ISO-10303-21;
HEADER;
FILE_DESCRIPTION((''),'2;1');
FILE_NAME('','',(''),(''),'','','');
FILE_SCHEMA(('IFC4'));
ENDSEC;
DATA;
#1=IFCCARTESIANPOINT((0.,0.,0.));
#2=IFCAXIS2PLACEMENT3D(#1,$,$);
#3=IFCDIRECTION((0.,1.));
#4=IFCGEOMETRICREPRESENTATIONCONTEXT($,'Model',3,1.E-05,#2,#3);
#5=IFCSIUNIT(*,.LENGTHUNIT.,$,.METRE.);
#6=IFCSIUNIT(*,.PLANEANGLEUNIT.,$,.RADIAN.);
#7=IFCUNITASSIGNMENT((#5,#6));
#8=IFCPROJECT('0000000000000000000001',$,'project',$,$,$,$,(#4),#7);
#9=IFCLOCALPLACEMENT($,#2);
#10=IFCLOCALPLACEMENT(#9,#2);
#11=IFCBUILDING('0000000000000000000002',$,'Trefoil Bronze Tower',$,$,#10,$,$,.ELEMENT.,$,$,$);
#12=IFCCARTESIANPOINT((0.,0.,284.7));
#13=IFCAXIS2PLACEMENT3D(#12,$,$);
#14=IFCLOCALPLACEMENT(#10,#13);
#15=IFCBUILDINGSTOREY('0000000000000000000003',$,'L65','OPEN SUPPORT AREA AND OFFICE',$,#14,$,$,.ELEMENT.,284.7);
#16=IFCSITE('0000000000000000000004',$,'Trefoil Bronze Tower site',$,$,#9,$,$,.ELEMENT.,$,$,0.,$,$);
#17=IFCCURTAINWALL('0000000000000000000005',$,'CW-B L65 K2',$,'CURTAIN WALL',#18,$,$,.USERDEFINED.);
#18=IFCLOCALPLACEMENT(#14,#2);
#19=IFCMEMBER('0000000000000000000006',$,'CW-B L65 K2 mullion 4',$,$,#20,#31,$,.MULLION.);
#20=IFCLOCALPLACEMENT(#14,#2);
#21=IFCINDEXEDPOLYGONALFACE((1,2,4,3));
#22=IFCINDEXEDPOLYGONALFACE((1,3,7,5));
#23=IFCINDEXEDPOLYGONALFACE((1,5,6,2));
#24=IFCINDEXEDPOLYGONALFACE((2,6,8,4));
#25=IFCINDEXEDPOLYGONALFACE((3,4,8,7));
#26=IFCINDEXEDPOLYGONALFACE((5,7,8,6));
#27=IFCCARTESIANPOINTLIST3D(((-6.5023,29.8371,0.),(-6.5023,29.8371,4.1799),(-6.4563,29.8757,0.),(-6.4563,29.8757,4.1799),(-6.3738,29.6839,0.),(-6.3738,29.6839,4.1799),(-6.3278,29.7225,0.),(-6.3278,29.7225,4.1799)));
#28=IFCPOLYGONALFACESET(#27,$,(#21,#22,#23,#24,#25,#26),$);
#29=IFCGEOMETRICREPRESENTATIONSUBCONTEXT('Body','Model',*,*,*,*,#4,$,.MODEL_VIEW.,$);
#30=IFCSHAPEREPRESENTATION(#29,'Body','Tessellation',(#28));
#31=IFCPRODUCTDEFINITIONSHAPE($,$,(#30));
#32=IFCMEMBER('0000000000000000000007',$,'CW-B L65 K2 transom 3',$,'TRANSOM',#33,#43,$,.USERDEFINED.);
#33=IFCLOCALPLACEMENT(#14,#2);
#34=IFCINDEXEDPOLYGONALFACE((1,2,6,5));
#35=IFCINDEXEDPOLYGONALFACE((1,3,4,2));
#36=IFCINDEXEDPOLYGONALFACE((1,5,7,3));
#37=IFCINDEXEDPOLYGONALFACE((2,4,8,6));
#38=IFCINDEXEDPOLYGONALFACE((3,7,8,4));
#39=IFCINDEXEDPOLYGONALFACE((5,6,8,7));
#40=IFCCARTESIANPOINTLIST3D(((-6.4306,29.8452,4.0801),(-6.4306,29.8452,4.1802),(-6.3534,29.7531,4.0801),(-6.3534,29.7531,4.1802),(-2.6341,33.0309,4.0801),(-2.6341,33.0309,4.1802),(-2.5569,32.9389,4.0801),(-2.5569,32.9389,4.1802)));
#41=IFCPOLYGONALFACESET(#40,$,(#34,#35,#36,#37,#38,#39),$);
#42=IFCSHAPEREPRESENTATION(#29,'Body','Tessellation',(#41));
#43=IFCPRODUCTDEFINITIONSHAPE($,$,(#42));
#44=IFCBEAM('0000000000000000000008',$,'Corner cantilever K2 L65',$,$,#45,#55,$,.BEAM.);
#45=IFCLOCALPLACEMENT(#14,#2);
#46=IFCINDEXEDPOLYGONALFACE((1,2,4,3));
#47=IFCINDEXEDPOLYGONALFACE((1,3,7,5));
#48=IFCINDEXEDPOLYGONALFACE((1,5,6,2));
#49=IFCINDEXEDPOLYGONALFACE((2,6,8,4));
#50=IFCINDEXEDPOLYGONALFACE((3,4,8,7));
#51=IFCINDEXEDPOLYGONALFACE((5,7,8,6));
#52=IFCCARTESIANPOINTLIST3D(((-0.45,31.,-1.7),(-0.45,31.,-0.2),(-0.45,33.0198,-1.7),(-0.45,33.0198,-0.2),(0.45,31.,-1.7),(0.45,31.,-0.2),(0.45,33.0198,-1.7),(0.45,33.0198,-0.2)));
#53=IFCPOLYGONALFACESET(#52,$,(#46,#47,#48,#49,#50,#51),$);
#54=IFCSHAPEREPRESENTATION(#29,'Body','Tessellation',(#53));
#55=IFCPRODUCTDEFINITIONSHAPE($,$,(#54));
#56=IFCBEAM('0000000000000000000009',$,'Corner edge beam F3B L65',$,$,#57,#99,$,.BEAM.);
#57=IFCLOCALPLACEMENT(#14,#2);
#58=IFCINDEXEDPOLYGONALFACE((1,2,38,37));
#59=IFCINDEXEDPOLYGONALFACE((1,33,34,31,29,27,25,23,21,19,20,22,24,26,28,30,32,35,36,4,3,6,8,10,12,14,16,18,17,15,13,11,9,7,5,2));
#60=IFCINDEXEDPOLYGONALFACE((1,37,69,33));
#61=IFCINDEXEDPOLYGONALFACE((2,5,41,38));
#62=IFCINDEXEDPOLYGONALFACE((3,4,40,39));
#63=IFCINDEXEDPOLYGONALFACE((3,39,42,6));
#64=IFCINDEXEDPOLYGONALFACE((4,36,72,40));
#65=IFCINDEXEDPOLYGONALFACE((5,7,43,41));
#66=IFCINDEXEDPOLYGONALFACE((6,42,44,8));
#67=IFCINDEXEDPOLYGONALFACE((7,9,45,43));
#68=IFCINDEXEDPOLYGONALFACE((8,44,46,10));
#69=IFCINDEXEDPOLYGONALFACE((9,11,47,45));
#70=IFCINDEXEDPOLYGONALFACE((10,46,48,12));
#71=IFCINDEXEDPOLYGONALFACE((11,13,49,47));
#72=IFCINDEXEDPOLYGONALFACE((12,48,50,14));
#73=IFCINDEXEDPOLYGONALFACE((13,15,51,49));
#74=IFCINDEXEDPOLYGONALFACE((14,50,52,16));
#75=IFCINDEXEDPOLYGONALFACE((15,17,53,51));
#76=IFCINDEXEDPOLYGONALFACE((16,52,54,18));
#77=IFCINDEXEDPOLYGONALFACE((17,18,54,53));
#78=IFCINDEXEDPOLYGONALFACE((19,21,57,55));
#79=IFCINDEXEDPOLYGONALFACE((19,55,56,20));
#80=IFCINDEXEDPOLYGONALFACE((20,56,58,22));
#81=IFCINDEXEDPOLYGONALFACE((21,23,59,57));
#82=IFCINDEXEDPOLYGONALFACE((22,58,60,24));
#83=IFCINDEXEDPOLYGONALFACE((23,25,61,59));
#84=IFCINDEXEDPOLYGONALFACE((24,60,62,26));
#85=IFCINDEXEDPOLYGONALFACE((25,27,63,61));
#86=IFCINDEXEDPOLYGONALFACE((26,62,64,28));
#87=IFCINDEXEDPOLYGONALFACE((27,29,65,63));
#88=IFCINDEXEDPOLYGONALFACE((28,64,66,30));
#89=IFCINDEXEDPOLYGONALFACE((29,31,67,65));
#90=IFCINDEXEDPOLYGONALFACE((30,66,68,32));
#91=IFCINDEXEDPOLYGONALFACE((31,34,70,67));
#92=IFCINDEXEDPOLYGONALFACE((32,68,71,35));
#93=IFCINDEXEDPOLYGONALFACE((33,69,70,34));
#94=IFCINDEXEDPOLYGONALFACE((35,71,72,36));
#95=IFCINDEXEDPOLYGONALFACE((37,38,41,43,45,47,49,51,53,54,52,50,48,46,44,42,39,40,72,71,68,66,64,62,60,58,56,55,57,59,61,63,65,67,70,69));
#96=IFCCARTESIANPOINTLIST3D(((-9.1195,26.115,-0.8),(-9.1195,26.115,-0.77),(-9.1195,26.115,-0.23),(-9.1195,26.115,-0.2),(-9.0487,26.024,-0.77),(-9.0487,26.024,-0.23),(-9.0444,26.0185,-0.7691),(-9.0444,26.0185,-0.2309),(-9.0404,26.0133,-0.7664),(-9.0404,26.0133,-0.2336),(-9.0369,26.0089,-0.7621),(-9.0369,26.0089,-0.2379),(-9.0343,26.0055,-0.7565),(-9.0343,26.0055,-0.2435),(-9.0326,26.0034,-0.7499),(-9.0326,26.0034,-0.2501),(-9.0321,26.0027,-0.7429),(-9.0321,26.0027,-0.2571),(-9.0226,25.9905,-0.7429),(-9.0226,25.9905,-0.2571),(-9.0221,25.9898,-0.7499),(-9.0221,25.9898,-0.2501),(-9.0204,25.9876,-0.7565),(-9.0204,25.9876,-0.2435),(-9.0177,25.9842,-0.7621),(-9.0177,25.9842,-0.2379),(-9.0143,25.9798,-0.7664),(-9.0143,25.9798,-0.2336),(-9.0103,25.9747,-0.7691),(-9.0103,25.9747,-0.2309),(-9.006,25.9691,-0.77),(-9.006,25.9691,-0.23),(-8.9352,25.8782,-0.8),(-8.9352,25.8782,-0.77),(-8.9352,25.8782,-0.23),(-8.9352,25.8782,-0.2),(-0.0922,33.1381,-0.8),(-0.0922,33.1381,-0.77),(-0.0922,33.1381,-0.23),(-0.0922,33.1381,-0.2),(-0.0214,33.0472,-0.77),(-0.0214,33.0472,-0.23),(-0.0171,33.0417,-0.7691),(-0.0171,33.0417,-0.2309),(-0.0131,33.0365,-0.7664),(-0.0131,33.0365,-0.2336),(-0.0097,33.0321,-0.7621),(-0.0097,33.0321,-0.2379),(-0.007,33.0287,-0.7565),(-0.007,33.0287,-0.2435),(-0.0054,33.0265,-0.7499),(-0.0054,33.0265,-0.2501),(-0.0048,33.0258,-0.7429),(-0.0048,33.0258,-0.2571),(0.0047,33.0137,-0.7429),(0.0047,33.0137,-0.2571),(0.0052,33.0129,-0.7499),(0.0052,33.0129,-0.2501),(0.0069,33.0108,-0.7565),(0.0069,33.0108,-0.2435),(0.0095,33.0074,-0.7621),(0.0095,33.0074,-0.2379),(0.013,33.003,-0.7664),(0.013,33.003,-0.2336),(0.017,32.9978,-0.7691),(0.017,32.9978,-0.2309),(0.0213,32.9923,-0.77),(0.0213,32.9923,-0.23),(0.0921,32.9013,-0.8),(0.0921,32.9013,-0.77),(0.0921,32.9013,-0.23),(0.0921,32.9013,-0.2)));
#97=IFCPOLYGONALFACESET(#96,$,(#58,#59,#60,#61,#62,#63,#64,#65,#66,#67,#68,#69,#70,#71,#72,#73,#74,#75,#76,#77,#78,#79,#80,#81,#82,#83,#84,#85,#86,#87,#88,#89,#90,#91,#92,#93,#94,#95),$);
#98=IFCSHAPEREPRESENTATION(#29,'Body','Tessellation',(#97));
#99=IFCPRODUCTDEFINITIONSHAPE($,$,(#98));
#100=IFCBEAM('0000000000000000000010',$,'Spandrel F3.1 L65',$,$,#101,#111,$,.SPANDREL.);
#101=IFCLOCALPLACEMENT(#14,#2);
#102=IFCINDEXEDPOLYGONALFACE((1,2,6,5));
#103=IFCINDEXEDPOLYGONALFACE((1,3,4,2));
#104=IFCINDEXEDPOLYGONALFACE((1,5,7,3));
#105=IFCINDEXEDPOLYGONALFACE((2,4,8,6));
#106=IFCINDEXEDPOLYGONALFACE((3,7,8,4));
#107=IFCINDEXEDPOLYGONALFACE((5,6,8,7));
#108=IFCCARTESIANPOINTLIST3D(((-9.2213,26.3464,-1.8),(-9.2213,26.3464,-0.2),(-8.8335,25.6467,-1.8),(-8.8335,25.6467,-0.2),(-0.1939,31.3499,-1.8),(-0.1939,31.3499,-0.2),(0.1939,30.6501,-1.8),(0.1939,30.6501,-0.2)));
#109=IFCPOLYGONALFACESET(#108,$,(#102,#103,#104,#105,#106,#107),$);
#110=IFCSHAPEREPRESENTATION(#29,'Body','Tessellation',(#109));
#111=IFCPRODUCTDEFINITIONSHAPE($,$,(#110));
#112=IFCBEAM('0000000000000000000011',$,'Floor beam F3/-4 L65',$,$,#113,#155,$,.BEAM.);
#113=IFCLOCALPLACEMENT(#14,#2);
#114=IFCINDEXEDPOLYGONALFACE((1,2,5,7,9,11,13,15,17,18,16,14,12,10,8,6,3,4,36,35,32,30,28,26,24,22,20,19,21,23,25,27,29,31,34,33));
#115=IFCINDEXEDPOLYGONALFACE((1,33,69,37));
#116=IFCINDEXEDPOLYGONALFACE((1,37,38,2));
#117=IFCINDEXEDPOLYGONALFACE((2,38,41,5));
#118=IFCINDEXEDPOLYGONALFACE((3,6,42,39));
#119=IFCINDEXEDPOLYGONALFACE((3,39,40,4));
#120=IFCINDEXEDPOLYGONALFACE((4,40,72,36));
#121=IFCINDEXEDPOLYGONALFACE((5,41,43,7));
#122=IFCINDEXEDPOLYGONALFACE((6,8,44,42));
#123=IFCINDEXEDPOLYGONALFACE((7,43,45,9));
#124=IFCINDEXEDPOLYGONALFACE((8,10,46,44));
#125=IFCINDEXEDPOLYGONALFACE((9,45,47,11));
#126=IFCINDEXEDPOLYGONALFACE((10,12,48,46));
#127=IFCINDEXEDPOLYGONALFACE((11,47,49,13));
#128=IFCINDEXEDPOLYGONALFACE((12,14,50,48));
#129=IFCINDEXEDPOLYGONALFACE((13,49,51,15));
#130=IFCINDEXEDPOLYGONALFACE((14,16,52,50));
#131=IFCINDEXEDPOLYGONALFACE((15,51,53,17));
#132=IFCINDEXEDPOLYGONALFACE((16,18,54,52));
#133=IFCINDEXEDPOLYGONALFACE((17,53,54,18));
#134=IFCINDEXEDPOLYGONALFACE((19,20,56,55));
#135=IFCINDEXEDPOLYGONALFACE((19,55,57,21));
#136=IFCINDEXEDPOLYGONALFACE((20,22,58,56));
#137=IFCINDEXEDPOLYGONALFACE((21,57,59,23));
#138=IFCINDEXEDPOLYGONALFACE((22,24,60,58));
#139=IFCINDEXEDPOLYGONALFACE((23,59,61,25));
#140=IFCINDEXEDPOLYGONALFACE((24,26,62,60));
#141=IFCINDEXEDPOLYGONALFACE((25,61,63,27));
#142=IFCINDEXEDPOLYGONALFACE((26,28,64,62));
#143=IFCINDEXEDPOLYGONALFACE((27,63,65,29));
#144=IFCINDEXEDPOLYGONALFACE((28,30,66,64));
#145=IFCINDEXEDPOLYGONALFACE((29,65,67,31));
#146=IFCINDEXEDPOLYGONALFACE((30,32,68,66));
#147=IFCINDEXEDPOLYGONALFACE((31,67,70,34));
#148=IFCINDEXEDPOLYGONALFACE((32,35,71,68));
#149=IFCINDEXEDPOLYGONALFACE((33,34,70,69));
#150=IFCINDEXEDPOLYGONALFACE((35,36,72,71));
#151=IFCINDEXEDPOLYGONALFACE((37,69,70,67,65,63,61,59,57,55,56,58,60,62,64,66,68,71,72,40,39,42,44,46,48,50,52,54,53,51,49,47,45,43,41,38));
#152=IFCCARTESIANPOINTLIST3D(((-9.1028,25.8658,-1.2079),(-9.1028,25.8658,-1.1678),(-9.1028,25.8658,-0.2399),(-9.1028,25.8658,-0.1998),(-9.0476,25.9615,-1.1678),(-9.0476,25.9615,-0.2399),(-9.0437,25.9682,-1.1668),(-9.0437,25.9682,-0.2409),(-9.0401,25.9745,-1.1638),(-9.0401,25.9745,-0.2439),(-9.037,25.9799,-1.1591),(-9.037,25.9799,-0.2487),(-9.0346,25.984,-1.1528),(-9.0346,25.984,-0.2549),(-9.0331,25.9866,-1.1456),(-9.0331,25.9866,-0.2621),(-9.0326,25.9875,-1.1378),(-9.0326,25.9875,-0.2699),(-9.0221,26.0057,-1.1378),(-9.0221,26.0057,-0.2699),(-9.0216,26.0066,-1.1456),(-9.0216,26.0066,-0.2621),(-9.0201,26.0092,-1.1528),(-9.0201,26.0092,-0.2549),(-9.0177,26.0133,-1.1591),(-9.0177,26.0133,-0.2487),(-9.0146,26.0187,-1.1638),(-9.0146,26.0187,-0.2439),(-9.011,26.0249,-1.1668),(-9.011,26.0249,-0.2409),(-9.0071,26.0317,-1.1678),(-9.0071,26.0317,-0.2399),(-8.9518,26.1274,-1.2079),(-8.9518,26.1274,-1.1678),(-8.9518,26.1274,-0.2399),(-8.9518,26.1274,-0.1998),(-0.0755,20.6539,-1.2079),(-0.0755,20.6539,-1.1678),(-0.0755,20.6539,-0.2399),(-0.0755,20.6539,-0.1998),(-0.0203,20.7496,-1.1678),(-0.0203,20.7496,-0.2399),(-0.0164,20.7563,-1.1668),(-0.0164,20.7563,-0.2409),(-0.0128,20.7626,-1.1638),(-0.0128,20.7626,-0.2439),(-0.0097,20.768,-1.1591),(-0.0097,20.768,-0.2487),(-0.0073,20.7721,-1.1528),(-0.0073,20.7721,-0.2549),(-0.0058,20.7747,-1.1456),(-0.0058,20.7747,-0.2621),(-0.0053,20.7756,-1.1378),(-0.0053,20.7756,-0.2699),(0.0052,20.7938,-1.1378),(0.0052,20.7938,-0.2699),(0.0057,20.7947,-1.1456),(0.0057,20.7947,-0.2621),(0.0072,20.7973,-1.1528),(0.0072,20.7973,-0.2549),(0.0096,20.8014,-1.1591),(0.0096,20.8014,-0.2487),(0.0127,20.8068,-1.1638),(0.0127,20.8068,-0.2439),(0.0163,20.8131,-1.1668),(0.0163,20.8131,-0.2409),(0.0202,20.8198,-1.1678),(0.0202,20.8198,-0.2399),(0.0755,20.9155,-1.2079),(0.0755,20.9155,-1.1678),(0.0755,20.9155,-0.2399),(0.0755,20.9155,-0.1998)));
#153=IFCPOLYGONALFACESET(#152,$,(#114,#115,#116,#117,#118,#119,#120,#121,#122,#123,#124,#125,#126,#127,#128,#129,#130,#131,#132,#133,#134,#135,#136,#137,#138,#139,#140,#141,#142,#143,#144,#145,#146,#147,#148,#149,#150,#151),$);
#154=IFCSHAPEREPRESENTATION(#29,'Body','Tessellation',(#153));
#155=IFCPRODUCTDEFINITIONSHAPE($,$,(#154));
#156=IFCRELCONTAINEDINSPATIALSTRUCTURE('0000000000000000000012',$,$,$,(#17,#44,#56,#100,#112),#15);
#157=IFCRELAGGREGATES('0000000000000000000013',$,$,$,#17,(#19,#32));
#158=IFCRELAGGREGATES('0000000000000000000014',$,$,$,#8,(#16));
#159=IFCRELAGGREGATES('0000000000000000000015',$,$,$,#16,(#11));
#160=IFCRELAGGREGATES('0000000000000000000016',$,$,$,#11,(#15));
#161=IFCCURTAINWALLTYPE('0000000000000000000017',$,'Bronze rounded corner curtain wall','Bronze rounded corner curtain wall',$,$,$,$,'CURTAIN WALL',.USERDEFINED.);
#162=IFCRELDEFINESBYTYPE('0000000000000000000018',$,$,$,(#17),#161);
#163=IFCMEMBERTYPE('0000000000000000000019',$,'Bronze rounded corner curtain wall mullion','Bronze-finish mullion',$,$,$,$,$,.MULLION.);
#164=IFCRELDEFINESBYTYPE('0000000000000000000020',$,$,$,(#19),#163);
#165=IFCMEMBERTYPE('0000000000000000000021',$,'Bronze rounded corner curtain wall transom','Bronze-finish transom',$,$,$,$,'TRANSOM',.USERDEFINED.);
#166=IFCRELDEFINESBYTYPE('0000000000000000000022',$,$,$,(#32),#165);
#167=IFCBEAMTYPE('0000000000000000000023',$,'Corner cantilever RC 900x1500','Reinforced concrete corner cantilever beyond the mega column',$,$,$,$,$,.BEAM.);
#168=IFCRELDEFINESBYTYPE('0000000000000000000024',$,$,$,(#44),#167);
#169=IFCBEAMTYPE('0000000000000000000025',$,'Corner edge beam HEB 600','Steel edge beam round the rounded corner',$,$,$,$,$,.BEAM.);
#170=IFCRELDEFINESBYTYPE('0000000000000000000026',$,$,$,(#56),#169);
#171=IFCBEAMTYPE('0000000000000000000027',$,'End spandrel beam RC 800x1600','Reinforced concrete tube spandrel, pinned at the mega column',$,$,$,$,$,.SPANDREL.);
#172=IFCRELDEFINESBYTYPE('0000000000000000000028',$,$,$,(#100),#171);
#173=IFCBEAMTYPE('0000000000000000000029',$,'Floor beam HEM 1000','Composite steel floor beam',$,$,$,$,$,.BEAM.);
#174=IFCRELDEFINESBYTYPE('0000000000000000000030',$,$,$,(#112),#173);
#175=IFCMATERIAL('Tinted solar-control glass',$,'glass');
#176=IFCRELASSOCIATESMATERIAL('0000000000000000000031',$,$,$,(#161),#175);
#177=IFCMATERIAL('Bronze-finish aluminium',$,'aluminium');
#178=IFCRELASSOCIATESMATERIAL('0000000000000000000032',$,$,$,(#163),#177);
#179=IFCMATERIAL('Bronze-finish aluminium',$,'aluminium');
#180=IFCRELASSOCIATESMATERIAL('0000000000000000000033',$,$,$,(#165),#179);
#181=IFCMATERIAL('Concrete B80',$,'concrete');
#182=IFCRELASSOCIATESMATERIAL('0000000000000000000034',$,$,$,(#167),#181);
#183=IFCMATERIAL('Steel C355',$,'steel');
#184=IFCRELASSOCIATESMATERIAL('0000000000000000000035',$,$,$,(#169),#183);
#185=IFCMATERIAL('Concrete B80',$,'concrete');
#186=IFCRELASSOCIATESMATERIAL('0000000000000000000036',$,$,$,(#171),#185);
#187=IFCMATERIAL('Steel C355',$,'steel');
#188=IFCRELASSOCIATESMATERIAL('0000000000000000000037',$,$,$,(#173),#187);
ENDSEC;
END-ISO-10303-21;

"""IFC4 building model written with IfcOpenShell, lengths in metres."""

from ifc_helpers import new_model, si_unit, direction, frame, origin, origin_2d, place, context, subcontext, project, spatial, rectangle, i_section, extrude, material, material_profile, profile_set, type_object, element, aggregate, save


model = new_model("IFC4")

# Units and contexts
model_context = context("Model", 3, precision=1e-05, world=origin(), true_north=direction((0.0, 1.0)))
body_context = subcontext(model_context, "Body", "Model", "MODEL_VIEW")
ifc_project = project(units=[si_unit("LENGTHUNIT", "METRE"), si_unit("PLANEANGLEUNIT", "RADIAN")], contexts=[model_context])

# Site, building, storey
site_placement = place(None, origin())
site = spatial("IfcSite", under=ifc_project, at=site_placement, Name="Trefoil Bronze Tower site", CompositionType="ELEMENT", RefElevation=0.0)
building_placement = place(site_placement, origin())
building = spatial("IfcBuilding", under=site, at=building_placement, Name="Trefoil Bronze Tower", CompositionType="ELEMENT")
storey_placement = place(building_placement, frame((0.0, 0.0, 284.7)))
storey = spatial("IfcBuildingStorey", under=building, at=storey_placement, Name="L65", Description="OPEN SUPPORT AREA AND OFFICE", CompositionType="ELEMENT", Elevation=284.7)

# Curtain wall, members
ifc_material_1 = material(Name="Tinted solar-control glass", Category="glass")
curtain_wall_type_1 = type_object("IfcCurtainWallType", Name="Bronze rounded corner curtain wall", Description="Bronze rounded corner curtain wall", ElementType="CURTAIN WALL", PredefinedType="USERDEFINED", material=ifc_material_1)
curtain_wall_1_placement = place(storey_placement, origin())
curtain_wall_1 = element("IfcCurtainWall", 1, at=curtain_wall_1_placement, inside=storey, type_object=curtain_wall_type_1, Name="CW-B L65 K2", ObjectType="CURTAIN WALL", PredefinedType="USERDEFINED")
ifc_material_2 = material(Name="Bronze-finish aluminium", Category="aluminium")
ifc_material_profile_1 = material_profile(ifc_material_2, rectangle(XDim=0.2, YDim=0.0601, at=origin_2d()), Name="CW-B mullion")
ifc_profile_set_1 = profile_set([ifc_material_profile_1], Name="Bronze-finish aluminium")
member_type_1 = type_object("IfcMemberType", Name="Bronze rounded corner curtain wall mullion", Description="Bronze-finish mullion", PredefinedType="MULLION", material=ifc_profile_set_1)
member_1_placement = place(storey_placement, frame((-6.415, 29.7798, 0.0), z_axis=(0.0, 0.0, 1.0), x_axis=(0.642788, -0.766044, 0.0)))
member_1 = element("IfcMember", 2, at=member_1_placement, type_object=member_type_1, Name="CW-B L65 K2 mullion 4", PredefinedType="MULLION", context=body_context, shape_type="SweptSolid", body=[
    extrude(rectangle(XDim=0.2, YDim=0.0601, at=origin_2d()), origin(), (0.0, 0.0, 1.0), 4.1799),
])
ifc_material_3 = material(Name="Bronze-finish aluminium", Category="aluminium")
ifc_material_profile_2 = material_profile(ifc_material_3, rectangle(XDim=0.1201, YDim=0.1001, at=origin_2d()), Name="CW-B transom")
ifc_profile_set_2 = profile_set([ifc_material_profile_2], Name="Bronze-finish aluminium")
member_type_2 = type_object("IfcMemberType", Name="Bronze rounded corner curtain wall transom", Description="Bronze-finish transom", ElementType="TRANSOM", PredefinedType="USERDEFINED", material=ifc_profile_set_2)
member_2_placement = place(storey_placement, frame((-2.5955, 32.9849, 4.1301), z_axis=(-0.766041, -0.642792, 0.0), x_axis=(0.642792, -0.766041, 0.0)))
member_2 = element("IfcMember", 3, at=member_2_placement, type_object=member_type_2, Name="CW-B L65 K2 transom 3", ObjectType="TRANSOM", PredefinedType="USERDEFINED", context=body_context, shape_type="SweptSolid", body=[
    extrude(rectangle(XDim=0.1201, YDim=0.1001, at=origin_2d()), origin(), (0.0, 0.0, 1.0), 4.9561),
])

# Beams
ifc_material_4 = material(Name="Concrete B80", Category="concrete")
ifc_material_profile_3 = material_profile(ifc_material_4, rectangle(XDim=0.8999, YDim=1.5, at=origin_2d()), Name="RC 900x1500")
ifc_profile_set_3 = profile_set([ifc_material_profile_3], Name="Concrete B80")
beam_type_1 = type_object("IfcBeamType", Name="Corner cantilever RC 900x1500", Description="Reinforced concrete corner cantilever beyond the mega column", PredefinedType="BEAM", material=ifc_profile_set_3)
beam_1_placement = place(storey_placement, frame((0.0, 31.0, -0.95), z_axis=(0.0, 1.0, 0.0), x_axis=(-1.0, 0.0, 0.0)))
element("IfcBeam", 4, at=beam_1_placement, inside=storey, type_object=beam_type_1, Name="Corner cantilever K2 L65", PredefinedType="BEAM", context=body_context, shape_type="SweptSolid", body=[
    extrude(rectangle(XDim=0.8999, YDim=1.5, at=origin_2d()), origin(), (0.0, 0.0, 1.0), 2.0198),
])
ifc_material_5 = material(Name="Steel C355", Category="steel")
ifc_material_profile_4 = material_profile(ifc_material_5, i_section(OverallWidth=0.3, OverallDepth=0.6001, WebThickness=0.0154, FlangeThickness=0.03, FilletRadius=0.0271, at=origin_2d()), Name="HEB 600")
ifc_profile_set_4 = profile_set([ifc_material_profile_4], Name="Steel C355")
beam_type_2 = type_object("IfcBeamType", Name="Corner edge beam HEB 600", Description="Steel edge beam round the rounded corner", PredefinedType="BEAM", material=ifc_profile_set_4)
beam_2_placement = place(storey_placement, frame((-9.0273, 25.9966, -0.5), z_axis=(0.789271, 0.614046, 0.0), x_axis=(-0.614046, 0.789271, 0.0)))
element("IfcBeam", 5, at=beam_2_placement, inside=storey, type_object=beam_type_2, Name="Corner edge beam F3B L65", PredefinedType="BEAM", context=body_context, shape_type="SweptSolid", body=[
    extrude(i_section(OverallWidth=0.3, OverallDepth=0.6001, WebThickness=0.0154, FlangeThickness=0.03, FilletRadius=0.0271, at=origin_2d()), origin(), (0.0, 0.0, 1.0), 11.4375),
])
ifc_material_6 = material(Name="Concrete B80", Category="concrete")
ifc_material_profile_5 = material_profile(ifc_material_6, rectangle(XDim=0.8, YDim=1.6001, at=origin_2d()), Name="RC 800x1600")
ifc_profile_set_5 = profile_set([ifc_material_profile_5], Name="Concrete B80")
beam_type_3 = type_object("IfcBeamType", Name="End spandrel beam RC 800x1600", Description="Reinforced concrete tube spandrel, pinned at the mega column", PredefinedType="SPANDREL", material=ifc_profile_set_5)
beam_3_placement = place(storey_placement, frame((0.0, 31.0, -1.0), z_axis=(-0.874641, -0.484771, 0.0), x_axis=(0.484771, -0.874641, 0.0)))
element("IfcBeam", 6, at=beam_3_placement, inside=storey, type_object=beam_type_3, Name="Spandrel F3.1 L65", PredefinedType="SPANDREL", context=body_context, shape_type="SweptSolid", body=[
    extrude(rectangle(XDim=0.8, YDim=1.6001, at=origin_2d()), origin(), (0.0, 0.0, 1.0), 10.3213),
])
ifc_material_7 = material(Name="Steel C355", Category="steel")
ifc_material_profile_6 = material_profile(ifc_material_7, i_section(OverallWidth=0.302, OverallDepth=1.0081, WebThickness=0.021, FlangeThickness=0.04, FilletRadius=0.03, at=origin_2d()), Name="HEM 1000")
ifc_profile_set_6 = profile_set([ifc_material_profile_6], Name="Steel C355")
beam_type_4 = type_object("IfcBeamType", Name="Floor beam HEM 1000", Description="Composite steel floor beam", PredefinedType="BEAM", material=ifc_profile_set_6)
beam_4_placement = place(storey_placement, frame((-9.0273, 25.9966, -0.7039), z_axis=(0.866026, -0.499998, 0.0), x_axis=(0.499998, 0.866026, 0.0)))
element("IfcBeam", 7, at=beam_4_placement, inside=storey, type_object=beam_type_4, Name="Floor beam F3/-4 L65", PredefinedType="BEAM", context=body_context, shape_type="SweptSolid", body=[
    extrude(i_section(OverallWidth=0.302, OverallDepth=1.0081, WebThickness=0.021, FlangeThickness=0.04, FilletRadius=0.03, at=origin_2d()), origin(), (0.0, 0.0, 1.0), 10.4238),
])

aggregate(curtain_wall_1, [member_1, member_2])

save(model, "model.ifc")
